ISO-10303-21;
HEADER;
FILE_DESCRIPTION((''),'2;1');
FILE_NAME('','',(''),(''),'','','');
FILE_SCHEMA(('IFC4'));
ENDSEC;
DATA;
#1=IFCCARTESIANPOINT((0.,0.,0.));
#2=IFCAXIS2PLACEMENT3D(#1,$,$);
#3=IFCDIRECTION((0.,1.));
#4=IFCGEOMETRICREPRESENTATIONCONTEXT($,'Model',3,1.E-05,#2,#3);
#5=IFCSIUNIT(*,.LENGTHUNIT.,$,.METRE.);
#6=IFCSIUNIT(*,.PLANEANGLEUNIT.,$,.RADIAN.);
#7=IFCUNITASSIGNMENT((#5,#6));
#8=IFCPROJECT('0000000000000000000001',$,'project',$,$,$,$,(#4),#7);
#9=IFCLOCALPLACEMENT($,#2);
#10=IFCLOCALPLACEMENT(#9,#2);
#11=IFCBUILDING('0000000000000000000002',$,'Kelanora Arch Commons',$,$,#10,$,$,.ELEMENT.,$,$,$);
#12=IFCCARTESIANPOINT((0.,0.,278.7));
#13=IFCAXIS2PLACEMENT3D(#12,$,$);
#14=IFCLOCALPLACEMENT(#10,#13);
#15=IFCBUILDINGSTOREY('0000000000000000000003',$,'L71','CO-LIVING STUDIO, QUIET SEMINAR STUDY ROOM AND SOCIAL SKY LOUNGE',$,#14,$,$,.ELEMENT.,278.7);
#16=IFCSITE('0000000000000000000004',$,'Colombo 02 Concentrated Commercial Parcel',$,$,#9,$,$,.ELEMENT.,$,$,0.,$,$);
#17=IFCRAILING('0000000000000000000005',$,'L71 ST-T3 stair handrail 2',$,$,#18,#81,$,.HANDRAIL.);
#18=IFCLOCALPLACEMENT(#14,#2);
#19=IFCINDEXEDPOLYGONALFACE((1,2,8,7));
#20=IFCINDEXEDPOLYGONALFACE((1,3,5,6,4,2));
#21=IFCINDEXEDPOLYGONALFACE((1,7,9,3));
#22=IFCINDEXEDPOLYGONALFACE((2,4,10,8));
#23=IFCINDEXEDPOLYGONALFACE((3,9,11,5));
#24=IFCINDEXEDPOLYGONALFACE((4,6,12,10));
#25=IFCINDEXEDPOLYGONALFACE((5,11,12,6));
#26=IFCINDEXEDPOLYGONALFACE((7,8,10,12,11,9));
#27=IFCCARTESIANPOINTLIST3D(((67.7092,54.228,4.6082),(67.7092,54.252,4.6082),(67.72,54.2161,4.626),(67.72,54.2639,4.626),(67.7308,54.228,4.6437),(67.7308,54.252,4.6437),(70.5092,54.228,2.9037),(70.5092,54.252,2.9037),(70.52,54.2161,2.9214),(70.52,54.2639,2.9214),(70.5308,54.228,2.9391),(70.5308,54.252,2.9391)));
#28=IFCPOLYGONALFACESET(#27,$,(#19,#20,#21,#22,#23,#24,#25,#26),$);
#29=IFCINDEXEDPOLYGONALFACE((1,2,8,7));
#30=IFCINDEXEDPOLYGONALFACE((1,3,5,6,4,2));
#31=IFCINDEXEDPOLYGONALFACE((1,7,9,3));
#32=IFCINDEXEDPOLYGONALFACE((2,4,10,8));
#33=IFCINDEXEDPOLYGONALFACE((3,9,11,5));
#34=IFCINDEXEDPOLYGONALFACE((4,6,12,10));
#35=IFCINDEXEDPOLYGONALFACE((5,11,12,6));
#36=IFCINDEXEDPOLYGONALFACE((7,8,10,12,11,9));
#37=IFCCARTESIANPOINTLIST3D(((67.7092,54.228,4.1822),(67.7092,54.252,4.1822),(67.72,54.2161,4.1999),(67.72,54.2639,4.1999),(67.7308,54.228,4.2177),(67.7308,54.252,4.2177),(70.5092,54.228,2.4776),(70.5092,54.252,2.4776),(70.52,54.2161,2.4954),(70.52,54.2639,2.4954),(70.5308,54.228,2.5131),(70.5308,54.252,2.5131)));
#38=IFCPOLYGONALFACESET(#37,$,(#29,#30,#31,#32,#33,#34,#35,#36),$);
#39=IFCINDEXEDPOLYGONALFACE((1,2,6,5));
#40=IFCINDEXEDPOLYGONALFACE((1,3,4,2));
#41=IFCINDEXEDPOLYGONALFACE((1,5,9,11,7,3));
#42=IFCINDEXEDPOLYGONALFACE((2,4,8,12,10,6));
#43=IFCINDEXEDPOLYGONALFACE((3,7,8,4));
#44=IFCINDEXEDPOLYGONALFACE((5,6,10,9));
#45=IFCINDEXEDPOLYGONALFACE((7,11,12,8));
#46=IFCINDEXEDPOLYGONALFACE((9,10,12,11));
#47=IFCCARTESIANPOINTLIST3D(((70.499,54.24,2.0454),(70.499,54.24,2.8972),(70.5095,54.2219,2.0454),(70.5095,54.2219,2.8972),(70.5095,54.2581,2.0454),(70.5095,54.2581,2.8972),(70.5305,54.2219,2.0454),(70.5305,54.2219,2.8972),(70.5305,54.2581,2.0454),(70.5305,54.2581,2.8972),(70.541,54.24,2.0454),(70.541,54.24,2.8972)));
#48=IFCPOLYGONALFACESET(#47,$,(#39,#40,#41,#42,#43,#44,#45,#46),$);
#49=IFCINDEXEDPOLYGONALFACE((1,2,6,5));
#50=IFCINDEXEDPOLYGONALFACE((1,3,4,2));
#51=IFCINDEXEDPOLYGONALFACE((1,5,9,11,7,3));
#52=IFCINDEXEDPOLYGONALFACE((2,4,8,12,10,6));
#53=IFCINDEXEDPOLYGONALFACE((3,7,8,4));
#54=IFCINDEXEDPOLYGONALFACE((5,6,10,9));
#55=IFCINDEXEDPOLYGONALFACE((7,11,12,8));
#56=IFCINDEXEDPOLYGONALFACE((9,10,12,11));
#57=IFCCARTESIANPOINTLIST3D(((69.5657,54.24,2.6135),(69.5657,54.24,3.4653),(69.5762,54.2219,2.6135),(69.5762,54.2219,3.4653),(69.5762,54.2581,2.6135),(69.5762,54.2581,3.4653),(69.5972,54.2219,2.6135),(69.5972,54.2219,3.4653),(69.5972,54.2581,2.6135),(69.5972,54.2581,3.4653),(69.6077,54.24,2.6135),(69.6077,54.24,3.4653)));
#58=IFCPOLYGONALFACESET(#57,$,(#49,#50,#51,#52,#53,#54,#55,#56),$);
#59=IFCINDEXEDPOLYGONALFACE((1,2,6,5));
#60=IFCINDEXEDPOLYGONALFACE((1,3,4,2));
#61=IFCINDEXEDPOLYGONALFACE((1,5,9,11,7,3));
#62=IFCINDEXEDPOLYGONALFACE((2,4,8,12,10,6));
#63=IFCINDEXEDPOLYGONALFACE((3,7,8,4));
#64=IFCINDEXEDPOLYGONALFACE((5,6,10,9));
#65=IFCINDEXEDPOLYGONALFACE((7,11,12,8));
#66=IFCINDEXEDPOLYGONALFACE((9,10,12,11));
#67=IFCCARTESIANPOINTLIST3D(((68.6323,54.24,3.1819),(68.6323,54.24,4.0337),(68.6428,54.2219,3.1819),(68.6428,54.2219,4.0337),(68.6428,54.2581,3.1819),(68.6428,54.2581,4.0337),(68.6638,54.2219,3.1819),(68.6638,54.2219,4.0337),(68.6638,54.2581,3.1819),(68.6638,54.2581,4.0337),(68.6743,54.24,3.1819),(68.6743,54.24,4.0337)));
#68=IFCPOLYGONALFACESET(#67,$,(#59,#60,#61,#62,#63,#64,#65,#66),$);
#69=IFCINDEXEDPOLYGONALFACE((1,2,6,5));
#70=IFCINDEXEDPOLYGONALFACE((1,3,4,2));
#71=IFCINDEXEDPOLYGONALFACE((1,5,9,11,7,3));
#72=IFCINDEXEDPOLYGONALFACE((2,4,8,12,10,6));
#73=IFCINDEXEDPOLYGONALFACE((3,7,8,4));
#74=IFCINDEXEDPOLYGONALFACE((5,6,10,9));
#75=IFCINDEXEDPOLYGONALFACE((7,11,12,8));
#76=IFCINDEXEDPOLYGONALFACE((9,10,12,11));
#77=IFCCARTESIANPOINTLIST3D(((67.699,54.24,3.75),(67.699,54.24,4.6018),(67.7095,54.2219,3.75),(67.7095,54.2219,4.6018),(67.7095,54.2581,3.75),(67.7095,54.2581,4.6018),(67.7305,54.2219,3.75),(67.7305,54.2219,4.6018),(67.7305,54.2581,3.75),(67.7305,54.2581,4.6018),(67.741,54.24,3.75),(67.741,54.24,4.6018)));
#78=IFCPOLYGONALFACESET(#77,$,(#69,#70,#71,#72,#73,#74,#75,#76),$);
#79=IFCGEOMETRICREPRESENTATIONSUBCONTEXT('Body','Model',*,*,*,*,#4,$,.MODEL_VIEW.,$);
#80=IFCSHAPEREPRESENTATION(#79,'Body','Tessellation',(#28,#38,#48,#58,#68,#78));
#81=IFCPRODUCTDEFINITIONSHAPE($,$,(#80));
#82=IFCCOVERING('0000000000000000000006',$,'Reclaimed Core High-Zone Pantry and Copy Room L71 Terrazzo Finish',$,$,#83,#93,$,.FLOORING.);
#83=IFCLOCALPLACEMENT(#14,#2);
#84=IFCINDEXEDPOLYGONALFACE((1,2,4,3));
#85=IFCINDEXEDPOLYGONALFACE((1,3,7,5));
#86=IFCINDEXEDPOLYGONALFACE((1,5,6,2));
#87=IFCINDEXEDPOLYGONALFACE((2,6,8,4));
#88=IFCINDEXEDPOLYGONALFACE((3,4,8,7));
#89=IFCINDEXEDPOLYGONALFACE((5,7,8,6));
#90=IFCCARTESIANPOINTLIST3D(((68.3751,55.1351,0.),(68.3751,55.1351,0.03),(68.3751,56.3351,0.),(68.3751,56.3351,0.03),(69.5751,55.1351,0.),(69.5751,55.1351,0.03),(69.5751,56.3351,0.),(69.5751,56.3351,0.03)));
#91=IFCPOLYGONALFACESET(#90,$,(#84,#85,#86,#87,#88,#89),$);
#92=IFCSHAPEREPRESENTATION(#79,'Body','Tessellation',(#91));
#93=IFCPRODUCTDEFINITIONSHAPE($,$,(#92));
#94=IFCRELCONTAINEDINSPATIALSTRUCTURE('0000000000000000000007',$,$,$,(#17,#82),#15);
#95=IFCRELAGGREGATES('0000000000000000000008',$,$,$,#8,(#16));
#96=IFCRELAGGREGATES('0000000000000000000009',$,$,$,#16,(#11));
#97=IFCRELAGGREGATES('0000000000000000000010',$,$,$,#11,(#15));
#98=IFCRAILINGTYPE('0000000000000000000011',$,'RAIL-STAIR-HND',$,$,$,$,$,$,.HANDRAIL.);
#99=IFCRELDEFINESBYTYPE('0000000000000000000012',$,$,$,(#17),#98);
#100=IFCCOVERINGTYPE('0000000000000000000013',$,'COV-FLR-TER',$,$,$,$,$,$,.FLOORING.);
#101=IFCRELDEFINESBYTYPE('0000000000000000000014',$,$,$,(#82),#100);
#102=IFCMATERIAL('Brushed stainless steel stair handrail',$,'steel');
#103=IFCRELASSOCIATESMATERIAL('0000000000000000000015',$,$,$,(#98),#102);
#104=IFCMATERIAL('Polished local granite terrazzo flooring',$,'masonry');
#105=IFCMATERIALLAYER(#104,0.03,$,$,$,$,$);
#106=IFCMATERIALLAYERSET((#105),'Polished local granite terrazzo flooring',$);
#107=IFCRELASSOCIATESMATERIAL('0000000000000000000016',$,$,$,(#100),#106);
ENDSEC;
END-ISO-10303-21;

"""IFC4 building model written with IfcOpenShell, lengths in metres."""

from ifc_helpers import new_model, si_unit, direction, frame, origin, origin_2d, place, context, subcontext, project, spatial, polyline, rectangle, outline, extrude, source, transform, mapped, material, layer, layer_set, type_object, element, save


model = new_model("IFC4")

# Units and contexts
model_context = context("Model", 3, precision=1e-05, world=origin(), true_north=direction((0.0, 1.0)))
body_context = subcontext(model_context, "Body", "Model", "MODEL_VIEW")
ifc_project = project(units=[si_unit("LENGTHUNIT", "METRE"), si_unit("PLANEANGLEUNIT", "RADIAN")], contexts=[model_context])

# Site, building, storey
site_placement = place(None, origin())
site = spatial("IfcSite", under=ifc_project, at=site_placement, Name="Colombo 02 Concentrated Commercial Parcel", CompositionType="ELEMENT", RefElevation=0.0)
building_placement = place(site_placement, origin())
building = spatial("IfcBuilding", under=site, at=building_placement, Name="Kelanora Arch Commons", CompositionType="ELEMENT")
storey_placement = place(building_placement, frame((0.0, 0.0, 278.7)))
storey = spatial("IfcBuildingStorey", under=building, at=storey_placement, Name="L71", Description="CO-LIVING STUDIO, QUIET SEMINAR STUDY ROOM AND SOCIAL SKY LOUNGE", CompositionType="ELEMENT", Elevation=278.7)

# Railing
ifc_material_1 = material(Name="Brushed stainless steel stair handrail", Category="steel")
railing_type_1 = type_object("IfcRailingType", Name="RAIL-STAIR-HND", PredefinedType="HANDRAIL", material=ifc_material_1)
railing_1_placement = place(storey_placement, frame((70.52, 54.24, 2.0454)))
element("IfcRailing", 1, at=railing_1_placement, inside=storey, type_object=railing_type_1, Name="L71 ST-T3 stair handrail 2", PredefinedType="HANDRAIL", context=body_context, shape_type="SweptSolid", body=[
    extrude(outline(polyline([(0.0239, 0.0), (0.012, 0.0208), (-0.012, 0.0208), (-0.0239, 0.0), (-0.012, -0.0208), (0.012, -0.0208), (0.0239, 0.0)])), frame((0.0, 0.0, 0.876), z_axis=(-0.85417, 0.0, 0.519994), x_axis=(0.0, -1.0, 0.0)), (0.0, 0.0, 1.0), 3.2781),
    extrude(outline(polyline([(0.0239, 0.0), (0.012, 0.0208), (-0.012, 0.0208), (-0.0239, 0.0), (-0.012, -0.0208), (0.012, -0.0208), (0.0239, 0.0)])), frame((0.0, 0.0, 0.45), z_axis=(-0.85417, 0.0, 0.519994), x_axis=(0.0, -1.0, 0.0)), (0.0, 0.0, 1.0), 3.2781),
    extrude(outline(polyline([(0.021, 0.0), (0.0105, 0.0181), (-0.0105, 0.0181), (-0.021, 0.0), (-0.0105, -0.0181), (0.0105, -0.0181), (0.021, 0.0)])), origin(), (0.0, 0.0, 1.0), 0.8518),
    extrude(outline(polyline([(0.021, 0.0), (0.0105, 0.0181), (-0.0105, 0.0181), (-0.021, 0.0), (-0.0105, -0.0181), (0.0105, -0.0181), (0.021, 0.0)])), frame((-0.9333, 0.0, 0.5681)), (0.0, 0.0, 1.0), 0.8518),
    extrude(outline(polyline([(0.021, 0.0), (0.0105, 0.0181), (-0.0105, 0.0181), (-0.021, 0.0), (-0.0105, -0.0181), (0.0105, -0.0181), (0.021, 0.0)])), frame((-1.8667, 0.0, 1.1365)), (0.0, 0.0, 1.0), 0.8518),
    extrude(outline(polyline([(0.021, 0.0), (0.0105, 0.0181), (-0.0105, 0.0181), (-0.021, 0.0), (-0.0105, -0.0181), (0.0105, -0.0181), (0.021, 0.0)])), frame((-2.8, 0.0, 1.7046)), (0.0, 0.0, 1.0), 0.8518),
])

# Covering
ifc_material_2 = material(Name="Polished local granite terrazzo flooring", Category="masonry")
ifc_layer_1 = layer(ifc_material_2, 0.03)
ifc_layer_set_1 = layer_set([ifc_layer_1], Name="Polished local granite terrazzo flooring")
covering_type = type_object("IfcCoveringType", Name="COV-FLR-TER", PredefinedType="FLOORING", material=ifc_layer_set_1)
shared_shape = source(origin(), body_context, "Body", "SweptSolid", [
    extrude(rectangle(XDim=1.2, YDim=1.2, at=origin_2d()), origin(), (0.0, 0.0, 1.0), 0.03),
])
covering_placement = place(storey_placement, frame((68.9751, 55.7351, 0.0), z_axis=(0.0, 0.0, 1.0), x_axis=(1.0, 0.0, 0.0)))
element("IfcCovering", 2, at=covering_placement, inside=storey, type_object=covering_type, Name="Reclaimed Core High-Zone Pantry and Copy Room L71 Terrazzo Finish", PredefinedType="FLOORING", context=body_context, shape_type="MappedRepresentation", body=[
    mapped(shared_shape, transform((0.0, 0.0, 0.0), scale=1.0)),
])

save(model, "model.ifc")
